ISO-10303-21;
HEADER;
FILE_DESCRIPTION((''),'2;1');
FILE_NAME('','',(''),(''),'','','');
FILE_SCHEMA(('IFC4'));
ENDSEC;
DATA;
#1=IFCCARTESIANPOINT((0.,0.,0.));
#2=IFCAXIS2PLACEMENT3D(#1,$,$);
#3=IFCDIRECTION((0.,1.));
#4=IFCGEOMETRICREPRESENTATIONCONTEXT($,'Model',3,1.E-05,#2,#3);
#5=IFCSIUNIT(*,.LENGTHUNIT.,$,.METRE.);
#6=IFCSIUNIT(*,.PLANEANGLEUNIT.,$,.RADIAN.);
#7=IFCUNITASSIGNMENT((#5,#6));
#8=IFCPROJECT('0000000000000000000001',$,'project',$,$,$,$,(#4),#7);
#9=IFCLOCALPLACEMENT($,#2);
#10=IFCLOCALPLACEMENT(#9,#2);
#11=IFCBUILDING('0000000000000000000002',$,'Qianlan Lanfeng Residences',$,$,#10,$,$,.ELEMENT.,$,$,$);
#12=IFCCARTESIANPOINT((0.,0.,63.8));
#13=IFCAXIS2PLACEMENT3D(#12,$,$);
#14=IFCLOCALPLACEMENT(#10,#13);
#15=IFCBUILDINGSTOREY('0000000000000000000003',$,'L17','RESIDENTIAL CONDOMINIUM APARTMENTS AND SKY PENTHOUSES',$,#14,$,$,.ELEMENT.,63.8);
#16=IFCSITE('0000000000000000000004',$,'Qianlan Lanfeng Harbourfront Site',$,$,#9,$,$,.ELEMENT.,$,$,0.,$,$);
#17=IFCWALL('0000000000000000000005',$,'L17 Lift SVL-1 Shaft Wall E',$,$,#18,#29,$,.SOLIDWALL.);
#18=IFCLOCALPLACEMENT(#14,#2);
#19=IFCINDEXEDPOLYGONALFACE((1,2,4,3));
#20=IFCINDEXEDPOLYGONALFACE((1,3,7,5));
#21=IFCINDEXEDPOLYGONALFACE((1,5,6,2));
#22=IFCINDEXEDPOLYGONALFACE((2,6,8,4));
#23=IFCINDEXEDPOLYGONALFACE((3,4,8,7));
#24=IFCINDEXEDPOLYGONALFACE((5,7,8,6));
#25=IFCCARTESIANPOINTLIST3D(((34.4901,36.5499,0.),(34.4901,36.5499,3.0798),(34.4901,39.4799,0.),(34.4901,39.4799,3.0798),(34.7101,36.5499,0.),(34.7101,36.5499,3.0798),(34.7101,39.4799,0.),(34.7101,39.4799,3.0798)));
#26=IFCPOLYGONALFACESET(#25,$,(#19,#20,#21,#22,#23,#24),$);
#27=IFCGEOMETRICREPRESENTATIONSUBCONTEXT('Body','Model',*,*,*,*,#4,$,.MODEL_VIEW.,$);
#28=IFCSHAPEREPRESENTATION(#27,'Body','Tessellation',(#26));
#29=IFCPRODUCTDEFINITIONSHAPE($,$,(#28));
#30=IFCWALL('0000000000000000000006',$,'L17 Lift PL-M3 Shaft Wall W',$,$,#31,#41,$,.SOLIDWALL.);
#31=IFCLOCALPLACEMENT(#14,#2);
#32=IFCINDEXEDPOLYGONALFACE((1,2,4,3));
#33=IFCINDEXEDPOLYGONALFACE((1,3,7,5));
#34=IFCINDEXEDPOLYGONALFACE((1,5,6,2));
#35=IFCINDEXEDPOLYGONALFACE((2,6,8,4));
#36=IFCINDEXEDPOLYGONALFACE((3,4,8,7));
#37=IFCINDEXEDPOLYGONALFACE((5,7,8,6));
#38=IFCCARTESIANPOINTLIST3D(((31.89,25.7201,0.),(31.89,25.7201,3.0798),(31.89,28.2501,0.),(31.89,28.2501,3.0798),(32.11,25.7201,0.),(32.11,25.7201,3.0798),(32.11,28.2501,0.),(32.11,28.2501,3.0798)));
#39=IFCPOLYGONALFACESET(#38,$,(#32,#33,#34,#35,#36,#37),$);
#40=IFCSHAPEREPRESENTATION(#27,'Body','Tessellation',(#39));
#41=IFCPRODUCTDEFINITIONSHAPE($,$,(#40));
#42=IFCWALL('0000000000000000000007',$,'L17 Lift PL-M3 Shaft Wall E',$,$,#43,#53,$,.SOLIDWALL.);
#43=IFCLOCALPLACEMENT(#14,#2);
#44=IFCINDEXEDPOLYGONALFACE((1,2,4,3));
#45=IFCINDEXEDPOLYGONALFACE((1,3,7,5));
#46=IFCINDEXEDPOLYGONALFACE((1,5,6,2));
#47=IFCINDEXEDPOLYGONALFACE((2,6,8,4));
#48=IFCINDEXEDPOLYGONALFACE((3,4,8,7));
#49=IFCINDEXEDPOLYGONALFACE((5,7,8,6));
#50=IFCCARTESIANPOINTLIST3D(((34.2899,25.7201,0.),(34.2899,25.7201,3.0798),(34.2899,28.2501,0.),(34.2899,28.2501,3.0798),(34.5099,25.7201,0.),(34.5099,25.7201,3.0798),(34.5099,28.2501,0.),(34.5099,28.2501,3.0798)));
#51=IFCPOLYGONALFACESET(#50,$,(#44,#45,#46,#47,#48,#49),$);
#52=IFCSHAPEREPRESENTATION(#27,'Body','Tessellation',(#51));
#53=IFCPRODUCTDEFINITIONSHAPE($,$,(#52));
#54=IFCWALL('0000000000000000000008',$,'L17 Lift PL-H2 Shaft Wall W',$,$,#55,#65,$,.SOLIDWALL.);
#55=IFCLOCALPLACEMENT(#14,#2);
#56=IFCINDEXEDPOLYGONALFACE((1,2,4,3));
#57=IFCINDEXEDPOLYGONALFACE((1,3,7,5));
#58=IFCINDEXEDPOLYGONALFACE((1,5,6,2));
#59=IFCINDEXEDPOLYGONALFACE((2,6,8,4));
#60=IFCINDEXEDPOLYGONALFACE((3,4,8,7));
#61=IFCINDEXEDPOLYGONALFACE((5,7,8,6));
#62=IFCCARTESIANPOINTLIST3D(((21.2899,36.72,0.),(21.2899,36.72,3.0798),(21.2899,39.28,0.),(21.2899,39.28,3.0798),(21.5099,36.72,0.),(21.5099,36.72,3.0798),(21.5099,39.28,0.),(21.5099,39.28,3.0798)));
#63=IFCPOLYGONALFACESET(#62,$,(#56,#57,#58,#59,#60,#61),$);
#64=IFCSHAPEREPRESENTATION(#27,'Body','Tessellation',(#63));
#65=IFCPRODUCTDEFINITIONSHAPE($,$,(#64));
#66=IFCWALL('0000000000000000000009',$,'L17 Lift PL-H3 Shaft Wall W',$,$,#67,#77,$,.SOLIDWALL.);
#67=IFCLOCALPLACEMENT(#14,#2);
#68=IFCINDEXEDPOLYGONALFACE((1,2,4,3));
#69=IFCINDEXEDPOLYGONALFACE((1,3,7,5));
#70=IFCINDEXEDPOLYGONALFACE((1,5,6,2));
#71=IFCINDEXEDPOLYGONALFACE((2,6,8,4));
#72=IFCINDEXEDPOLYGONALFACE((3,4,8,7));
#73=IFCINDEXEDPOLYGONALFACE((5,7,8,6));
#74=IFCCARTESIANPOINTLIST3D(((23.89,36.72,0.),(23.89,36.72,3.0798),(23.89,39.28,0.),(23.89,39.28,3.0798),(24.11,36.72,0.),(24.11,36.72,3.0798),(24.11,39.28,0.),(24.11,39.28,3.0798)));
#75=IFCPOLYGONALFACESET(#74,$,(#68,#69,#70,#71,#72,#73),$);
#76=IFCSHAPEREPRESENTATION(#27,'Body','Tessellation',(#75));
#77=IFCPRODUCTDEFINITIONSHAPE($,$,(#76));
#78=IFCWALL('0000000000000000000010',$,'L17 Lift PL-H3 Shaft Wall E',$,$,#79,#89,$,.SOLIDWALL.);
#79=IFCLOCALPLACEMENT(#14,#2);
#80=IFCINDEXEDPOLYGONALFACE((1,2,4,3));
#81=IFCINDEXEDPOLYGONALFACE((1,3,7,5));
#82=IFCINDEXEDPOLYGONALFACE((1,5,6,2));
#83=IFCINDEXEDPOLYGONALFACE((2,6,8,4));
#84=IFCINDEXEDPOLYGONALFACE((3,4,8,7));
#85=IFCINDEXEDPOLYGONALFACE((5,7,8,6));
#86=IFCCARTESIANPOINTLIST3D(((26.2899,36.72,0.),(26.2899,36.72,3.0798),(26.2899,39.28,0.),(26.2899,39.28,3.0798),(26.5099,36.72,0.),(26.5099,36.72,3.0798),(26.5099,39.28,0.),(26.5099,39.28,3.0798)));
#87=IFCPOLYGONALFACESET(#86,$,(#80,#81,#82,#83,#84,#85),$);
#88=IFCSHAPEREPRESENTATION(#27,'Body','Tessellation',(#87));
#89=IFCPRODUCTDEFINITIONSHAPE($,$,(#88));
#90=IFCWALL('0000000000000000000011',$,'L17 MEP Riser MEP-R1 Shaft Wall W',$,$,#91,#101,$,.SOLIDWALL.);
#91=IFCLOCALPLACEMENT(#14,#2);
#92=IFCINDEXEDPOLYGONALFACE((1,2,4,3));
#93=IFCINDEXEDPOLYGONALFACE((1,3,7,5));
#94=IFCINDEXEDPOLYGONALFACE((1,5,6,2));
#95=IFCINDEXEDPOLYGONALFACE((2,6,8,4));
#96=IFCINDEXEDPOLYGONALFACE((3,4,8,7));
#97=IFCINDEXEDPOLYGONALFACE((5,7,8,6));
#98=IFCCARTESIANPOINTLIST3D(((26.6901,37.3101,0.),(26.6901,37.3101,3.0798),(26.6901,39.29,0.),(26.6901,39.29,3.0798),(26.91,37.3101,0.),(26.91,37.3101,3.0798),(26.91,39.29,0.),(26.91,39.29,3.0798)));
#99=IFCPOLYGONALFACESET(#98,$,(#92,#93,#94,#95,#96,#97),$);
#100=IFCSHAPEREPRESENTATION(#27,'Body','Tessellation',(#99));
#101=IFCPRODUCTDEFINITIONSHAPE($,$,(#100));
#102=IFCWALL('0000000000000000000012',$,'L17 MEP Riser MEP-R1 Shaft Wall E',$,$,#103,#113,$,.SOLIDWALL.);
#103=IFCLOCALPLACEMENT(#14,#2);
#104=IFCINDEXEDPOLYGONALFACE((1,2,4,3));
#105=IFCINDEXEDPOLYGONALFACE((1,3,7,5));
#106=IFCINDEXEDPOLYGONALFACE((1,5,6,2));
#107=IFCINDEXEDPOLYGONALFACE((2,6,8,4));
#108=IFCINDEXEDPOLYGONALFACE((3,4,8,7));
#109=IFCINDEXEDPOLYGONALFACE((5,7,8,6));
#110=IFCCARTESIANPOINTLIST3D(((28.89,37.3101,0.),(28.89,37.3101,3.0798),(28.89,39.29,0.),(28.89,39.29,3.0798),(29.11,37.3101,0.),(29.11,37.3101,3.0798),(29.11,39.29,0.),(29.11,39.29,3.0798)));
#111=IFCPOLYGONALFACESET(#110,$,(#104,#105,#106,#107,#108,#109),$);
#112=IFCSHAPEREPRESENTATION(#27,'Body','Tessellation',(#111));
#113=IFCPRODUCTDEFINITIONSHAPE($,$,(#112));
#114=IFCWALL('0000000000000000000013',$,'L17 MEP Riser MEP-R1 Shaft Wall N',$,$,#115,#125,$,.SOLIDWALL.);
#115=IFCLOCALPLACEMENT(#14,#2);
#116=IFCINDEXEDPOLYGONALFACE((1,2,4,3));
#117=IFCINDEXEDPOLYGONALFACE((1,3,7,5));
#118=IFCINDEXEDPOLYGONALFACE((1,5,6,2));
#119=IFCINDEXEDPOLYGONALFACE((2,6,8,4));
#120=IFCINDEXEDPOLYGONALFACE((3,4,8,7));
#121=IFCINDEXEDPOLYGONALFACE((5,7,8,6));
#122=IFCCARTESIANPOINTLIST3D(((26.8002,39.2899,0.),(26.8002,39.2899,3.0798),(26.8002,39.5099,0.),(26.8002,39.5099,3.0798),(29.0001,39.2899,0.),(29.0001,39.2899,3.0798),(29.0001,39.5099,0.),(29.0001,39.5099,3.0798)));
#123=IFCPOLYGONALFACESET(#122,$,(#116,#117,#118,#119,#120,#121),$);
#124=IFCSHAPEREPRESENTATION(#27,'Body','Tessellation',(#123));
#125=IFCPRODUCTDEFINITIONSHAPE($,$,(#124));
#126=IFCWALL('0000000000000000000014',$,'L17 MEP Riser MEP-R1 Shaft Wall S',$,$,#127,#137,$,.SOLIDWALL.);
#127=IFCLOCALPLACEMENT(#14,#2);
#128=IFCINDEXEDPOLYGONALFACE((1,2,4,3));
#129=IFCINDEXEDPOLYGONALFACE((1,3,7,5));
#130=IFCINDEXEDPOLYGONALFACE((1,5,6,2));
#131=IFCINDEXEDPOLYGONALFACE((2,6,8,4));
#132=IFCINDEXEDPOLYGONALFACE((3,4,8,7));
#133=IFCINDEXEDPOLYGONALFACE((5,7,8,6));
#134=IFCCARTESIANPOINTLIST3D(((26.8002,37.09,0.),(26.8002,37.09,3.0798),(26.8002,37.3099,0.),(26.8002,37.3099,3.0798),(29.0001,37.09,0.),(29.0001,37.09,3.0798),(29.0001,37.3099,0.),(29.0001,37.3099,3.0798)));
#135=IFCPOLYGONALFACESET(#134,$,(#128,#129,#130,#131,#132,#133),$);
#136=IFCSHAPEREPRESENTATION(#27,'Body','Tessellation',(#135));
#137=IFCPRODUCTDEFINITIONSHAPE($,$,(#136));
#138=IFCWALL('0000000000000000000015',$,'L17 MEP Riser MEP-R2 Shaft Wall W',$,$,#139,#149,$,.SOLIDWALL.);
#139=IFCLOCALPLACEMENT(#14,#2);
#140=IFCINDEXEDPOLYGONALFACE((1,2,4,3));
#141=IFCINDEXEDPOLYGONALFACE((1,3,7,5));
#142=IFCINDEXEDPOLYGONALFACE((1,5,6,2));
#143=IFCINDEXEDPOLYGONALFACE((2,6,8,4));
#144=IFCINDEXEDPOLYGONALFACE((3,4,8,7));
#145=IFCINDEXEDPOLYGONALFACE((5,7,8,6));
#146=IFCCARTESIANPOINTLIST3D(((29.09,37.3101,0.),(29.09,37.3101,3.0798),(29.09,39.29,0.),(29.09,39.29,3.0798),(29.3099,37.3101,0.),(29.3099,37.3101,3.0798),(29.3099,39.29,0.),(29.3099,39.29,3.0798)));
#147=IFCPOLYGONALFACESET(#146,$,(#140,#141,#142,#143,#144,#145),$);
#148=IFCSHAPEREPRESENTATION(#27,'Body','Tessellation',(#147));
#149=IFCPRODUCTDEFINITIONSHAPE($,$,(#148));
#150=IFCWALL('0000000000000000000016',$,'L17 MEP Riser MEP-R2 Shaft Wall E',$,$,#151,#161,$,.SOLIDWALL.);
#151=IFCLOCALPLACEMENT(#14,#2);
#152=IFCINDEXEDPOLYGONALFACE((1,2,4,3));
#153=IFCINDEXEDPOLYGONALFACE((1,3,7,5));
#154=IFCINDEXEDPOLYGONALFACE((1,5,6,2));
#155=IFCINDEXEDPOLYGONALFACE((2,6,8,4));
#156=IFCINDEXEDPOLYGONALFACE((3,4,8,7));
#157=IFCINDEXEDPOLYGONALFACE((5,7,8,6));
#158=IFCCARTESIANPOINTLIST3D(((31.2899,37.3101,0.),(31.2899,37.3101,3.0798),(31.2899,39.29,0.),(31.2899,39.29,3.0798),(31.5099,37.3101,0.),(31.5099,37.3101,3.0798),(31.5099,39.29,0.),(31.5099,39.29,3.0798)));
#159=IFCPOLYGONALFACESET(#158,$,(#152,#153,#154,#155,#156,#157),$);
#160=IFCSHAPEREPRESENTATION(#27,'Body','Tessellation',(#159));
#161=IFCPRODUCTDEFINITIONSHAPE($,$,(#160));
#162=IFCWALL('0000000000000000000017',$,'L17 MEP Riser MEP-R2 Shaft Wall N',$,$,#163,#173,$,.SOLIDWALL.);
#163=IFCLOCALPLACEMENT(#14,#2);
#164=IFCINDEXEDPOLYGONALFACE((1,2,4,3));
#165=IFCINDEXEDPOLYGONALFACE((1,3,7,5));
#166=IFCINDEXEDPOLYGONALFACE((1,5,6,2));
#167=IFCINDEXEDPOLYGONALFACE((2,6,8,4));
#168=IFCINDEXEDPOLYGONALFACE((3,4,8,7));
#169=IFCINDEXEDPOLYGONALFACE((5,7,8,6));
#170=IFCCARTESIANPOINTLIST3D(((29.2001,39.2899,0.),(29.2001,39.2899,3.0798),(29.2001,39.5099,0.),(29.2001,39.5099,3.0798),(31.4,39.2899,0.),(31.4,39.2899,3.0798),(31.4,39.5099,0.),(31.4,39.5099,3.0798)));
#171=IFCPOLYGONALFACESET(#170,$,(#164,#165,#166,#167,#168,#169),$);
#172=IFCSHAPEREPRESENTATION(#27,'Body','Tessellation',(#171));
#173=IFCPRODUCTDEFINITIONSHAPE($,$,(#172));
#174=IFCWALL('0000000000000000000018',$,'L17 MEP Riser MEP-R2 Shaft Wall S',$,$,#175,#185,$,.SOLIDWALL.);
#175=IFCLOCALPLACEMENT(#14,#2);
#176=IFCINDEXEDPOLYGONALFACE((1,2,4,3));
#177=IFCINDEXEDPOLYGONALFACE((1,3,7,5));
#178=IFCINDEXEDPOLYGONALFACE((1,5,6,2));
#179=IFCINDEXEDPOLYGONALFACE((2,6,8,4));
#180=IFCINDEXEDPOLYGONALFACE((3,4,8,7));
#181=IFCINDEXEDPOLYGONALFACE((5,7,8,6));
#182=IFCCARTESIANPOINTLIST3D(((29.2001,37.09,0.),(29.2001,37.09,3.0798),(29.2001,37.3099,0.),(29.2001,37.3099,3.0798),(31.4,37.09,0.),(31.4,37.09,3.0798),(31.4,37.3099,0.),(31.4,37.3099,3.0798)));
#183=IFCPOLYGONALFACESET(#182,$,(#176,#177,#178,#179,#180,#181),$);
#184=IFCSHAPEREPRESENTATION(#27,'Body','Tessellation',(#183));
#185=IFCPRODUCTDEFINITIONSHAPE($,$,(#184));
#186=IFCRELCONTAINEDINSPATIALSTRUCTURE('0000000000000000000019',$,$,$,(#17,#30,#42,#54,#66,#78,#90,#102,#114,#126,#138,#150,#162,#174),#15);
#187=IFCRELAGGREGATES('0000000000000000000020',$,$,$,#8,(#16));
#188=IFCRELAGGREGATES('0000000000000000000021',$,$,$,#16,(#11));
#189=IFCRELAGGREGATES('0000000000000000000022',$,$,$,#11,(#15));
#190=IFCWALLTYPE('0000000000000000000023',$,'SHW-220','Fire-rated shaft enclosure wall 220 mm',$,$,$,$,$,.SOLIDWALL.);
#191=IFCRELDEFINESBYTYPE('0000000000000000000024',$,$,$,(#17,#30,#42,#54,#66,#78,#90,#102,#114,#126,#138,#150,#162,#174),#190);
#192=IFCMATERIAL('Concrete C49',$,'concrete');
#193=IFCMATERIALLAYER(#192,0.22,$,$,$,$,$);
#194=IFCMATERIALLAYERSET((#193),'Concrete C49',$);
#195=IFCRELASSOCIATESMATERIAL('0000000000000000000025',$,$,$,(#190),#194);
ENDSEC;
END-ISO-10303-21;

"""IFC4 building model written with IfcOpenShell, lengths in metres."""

from ifc_helpers import new_model, si_unit, direction, frame, frame_2d, origin, place, context, subcontext, project, spatial, rectangle, extrude, material, layer, layer_set, type_object, element, save


model = new_model("IFC4")

# Units and contexts
model_context = context("Model", 3, precision=1e-05, world=origin(), true_north=direction((0.0, 1.0)))
body_context = subcontext(model_context, "Body", "Model", "MODEL_VIEW")
ifc_project = project(units=[si_unit("LENGTHUNIT", "METRE"), si_unit("PLANEANGLEUNIT", "RADIAN")], contexts=[model_context])

# Site, building, storey
site_placement = place(None, origin())
site = spatial("IfcSite", under=ifc_project, at=site_placement, Name="Qianlan Lanfeng Harbourfront Site", CompositionType="ELEMENT", RefElevation=0.0)
building_placement = place(site_placement, origin())
building = spatial("IfcBuilding", under=site, at=building_placement, Name="Qianlan Lanfeng Residences", CompositionType="ELEMENT")
storey_placement = place(building_placement, frame((0.0, 0.0, 63.8)))
storey = spatial("IfcBuildingStorey", under=building, at=storey_placement, Name="L17", Description="RESIDENTIAL CONDOMINIUM APARTMENTS AND SKY PENTHOUSES", CompositionType="ELEMENT", Elevation=63.8)

# Walls
ifc_material_1 = material(Name="Concrete C49", Category="concrete")
ifc_layer_1 = layer(ifc_material_1, 0.22)
ifc_layer_set_1 = layer_set([ifc_layer_1], Name="Concrete C49")
wall_type_1 = type_object("IfcWallType", Name="SHW-220", Description="Fire-rated shaft enclosure wall 220 mm", PredefinedType="SOLIDWALL", material=ifc_layer_set_1)
for number, where, z_axis, x_axis, name in (
    (1, (34.6001, 36.55, 0.0), (0.0, 0.0, 1.0), (0.0, 1.0, 0.0), "L17 Lift SVL-1 Shaft Wall E"),
):
    element("IfcWall", number, at=place(storey_placement, frame(where, z_axis=z_axis, x_axis=x_axis)), inside=storey, type_object=wall_type_1, Name=name, PredefinedType="SOLIDWALL", context=body_context, shape_type="SweptSolid", body=[
        extrude(rectangle(XDim=2.9299, YDim=0.22, at=frame_2d((1.4648, 0.0))), origin(), (0.0, 0.0, 1.0), 3.0798),
    ])
for number, where, z_axis, x_axis, name in (
    (2, (32.0, 25.72, 0.0), (0.0, 0.0, 1.0), (0.0, 1.0, 0.0), "L17 Lift PL-M3 Shaft Wall W"),
    (3, (34.3999, 25.72, 0.0), (0.0, 0.0, 1.0), (0.0, 1.0, 0.0), "L17 Lift PL-M3 Shaft Wall E"),
):
    element("IfcWall", number, at=place(storey_placement, frame(where, z_axis=z_axis, x_axis=x_axis)), inside=storey, type_object=wall_type_1, Name=name, PredefinedType="SOLIDWALL", context=body_context, shape_type="SweptSolid", body=[
        extrude(rectangle(XDim=2.53, YDim=0.22, at=frame_2d((1.2651, 0.0))), origin(), (0.0, 0.0, 1.0), 3.0798),
    ])
for number, where, z_axis, x_axis, name in (
    (4, (21.3999, 36.72, 0.0), (0.0, 0.0, 1.0), (0.0, 1.0, 0.0), "L17 Lift PL-H2 Shaft Wall W"),
    (5, (24.0, 36.72, 0.0), (0.0, 0.0, 1.0), (0.0, 1.0, 0.0), "L17 Lift PL-H3 Shaft Wall W"),
    (6, (26.3999, 36.72, 0.0), (0.0, 0.0, 1.0), (0.0, 1.0, 0.0), "L17 Lift PL-H3 Shaft Wall E"),
):
    element("IfcWall", number, at=place(storey_placement, frame(where, z_axis=z_axis, x_axis=x_axis)), inside=storey, type_object=wall_type_1, Name=name, PredefinedType="SOLIDWALL", context=body_context, shape_type="SweptSolid", body=[
        extrude(rectangle(XDim=2.5601, YDim=0.22, at=frame_2d((1.28, 0.0))), origin(), (0.0, 0.0, 1.0), 3.0798),
    ])
for number, where, z_axis, x_axis, name in (
    (7, (26.8, 37.3101, 0.0), (0.0, 0.0, 1.0), (0.0, 1.0, 0.0), "L17 MEP Riser MEP-R1 Shaft Wall W"),
    (8, (29.0, 37.3101, 0.0), (0.0, 0.0, 1.0), (0.0, 1.0, 0.0), "L17 MEP Riser MEP-R1 Shaft Wall E"),
):
    element("IfcWall", number, at=place(storey_placement, frame(where, z_axis=z_axis, x_axis=x_axis)), inside=storey, type_object=wall_type_1, Name=name, PredefinedType="SOLIDWALL", context=body_context, shape_type="SweptSolid", body=[
        extrude(rectangle(XDim=1.98, YDim=0.22, at=frame_2d((0.99, 0.0))), origin(), (0.0, 0.0, 1.0), 3.0798),
    ])
for number, where, z_axis, x_axis, name in (
    (9, (26.8, 39.3999, 0.0), (0.0, 0.0, 1.0), (1.0, 0.0, 0.0), "L17 MEP Riser MEP-R1 Shaft Wall N"),
    (10, (26.8, 37.2, 0.0), (0.0, 0.0, 1.0), (1.0, 0.0, 0.0), "L17 MEP Riser MEP-R1 Shaft Wall S"),
):
    element("IfcWall", number, at=place(storey_placement, frame(where, z_axis=z_axis, x_axis=x_axis)), inside=storey, type_object=wall_type_1, Name=name, PredefinedType="SOLIDWALL", context=body_context, shape_type="SweptSolid", body=[
        extrude(rectangle(XDim=2.2, YDim=0.22, at=frame_2d((1.1001, 0.0))), origin(), (0.0, 0.0, 1.0), 3.0798),
    ])
for number, where, z_axis, x_axis, name in (
    (11, (29.2, 37.3101, 0.0), (0.0, 0.0, 1.0), (0.0, 1.0, 0.0), "L17 MEP Riser MEP-R2 Shaft Wall W"),
    (12, (31.3999, 37.3101, 0.0), (0.0, 0.0, 1.0), (0.0, 1.0, 0.0), "L17 MEP Riser MEP-R2 Shaft Wall E"),
):
    element("IfcWall", number, at=place(storey_placement, frame(where, z_axis=z_axis, x_axis=x_axis)), inside=storey, type_object=wall_type_1, Name=name, PredefinedType="SOLIDWALL", context=body_context, shape_type="SweptSolid", body=[
        extrude(rectangle(XDim=1.98, YDim=0.22, at=frame_2d((0.99, 0.0))), origin(), (0.0, 0.0, 1.0), 3.0798),
    ])
for number, where, z_axis, x_axis, name in (
    (13, (29.2, 39.3999, 0.0), (0.0, 0.0, 1.0), (1.0, 0.0, 0.0), "L17 MEP Riser MEP-R2 Shaft Wall N"),
    (14, (29.2, 37.2, 0.0), (0.0, 0.0, 1.0), (1.0, 0.0, 0.0), "L17 MEP Riser MEP-R2 Shaft Wall S"),
):
    element("IfcWall", number, at=place(storey_placement, frame(where, z_axis=z_axis, x_axis=x_axis)), inside=storey, type_object=wall_type_1, Name=name, PredefinedType="SOLIDWALL", context=body_context, shape_type="SweptSolid", body=[
        extrude(rectangle(XDim=2.2, YDim=0.22, at=frame_2d((1.1001, 0.0))), origin(), (0.0, 0.0, 1.0), 3.0798),
    ])

save(model, "model.ifc")
